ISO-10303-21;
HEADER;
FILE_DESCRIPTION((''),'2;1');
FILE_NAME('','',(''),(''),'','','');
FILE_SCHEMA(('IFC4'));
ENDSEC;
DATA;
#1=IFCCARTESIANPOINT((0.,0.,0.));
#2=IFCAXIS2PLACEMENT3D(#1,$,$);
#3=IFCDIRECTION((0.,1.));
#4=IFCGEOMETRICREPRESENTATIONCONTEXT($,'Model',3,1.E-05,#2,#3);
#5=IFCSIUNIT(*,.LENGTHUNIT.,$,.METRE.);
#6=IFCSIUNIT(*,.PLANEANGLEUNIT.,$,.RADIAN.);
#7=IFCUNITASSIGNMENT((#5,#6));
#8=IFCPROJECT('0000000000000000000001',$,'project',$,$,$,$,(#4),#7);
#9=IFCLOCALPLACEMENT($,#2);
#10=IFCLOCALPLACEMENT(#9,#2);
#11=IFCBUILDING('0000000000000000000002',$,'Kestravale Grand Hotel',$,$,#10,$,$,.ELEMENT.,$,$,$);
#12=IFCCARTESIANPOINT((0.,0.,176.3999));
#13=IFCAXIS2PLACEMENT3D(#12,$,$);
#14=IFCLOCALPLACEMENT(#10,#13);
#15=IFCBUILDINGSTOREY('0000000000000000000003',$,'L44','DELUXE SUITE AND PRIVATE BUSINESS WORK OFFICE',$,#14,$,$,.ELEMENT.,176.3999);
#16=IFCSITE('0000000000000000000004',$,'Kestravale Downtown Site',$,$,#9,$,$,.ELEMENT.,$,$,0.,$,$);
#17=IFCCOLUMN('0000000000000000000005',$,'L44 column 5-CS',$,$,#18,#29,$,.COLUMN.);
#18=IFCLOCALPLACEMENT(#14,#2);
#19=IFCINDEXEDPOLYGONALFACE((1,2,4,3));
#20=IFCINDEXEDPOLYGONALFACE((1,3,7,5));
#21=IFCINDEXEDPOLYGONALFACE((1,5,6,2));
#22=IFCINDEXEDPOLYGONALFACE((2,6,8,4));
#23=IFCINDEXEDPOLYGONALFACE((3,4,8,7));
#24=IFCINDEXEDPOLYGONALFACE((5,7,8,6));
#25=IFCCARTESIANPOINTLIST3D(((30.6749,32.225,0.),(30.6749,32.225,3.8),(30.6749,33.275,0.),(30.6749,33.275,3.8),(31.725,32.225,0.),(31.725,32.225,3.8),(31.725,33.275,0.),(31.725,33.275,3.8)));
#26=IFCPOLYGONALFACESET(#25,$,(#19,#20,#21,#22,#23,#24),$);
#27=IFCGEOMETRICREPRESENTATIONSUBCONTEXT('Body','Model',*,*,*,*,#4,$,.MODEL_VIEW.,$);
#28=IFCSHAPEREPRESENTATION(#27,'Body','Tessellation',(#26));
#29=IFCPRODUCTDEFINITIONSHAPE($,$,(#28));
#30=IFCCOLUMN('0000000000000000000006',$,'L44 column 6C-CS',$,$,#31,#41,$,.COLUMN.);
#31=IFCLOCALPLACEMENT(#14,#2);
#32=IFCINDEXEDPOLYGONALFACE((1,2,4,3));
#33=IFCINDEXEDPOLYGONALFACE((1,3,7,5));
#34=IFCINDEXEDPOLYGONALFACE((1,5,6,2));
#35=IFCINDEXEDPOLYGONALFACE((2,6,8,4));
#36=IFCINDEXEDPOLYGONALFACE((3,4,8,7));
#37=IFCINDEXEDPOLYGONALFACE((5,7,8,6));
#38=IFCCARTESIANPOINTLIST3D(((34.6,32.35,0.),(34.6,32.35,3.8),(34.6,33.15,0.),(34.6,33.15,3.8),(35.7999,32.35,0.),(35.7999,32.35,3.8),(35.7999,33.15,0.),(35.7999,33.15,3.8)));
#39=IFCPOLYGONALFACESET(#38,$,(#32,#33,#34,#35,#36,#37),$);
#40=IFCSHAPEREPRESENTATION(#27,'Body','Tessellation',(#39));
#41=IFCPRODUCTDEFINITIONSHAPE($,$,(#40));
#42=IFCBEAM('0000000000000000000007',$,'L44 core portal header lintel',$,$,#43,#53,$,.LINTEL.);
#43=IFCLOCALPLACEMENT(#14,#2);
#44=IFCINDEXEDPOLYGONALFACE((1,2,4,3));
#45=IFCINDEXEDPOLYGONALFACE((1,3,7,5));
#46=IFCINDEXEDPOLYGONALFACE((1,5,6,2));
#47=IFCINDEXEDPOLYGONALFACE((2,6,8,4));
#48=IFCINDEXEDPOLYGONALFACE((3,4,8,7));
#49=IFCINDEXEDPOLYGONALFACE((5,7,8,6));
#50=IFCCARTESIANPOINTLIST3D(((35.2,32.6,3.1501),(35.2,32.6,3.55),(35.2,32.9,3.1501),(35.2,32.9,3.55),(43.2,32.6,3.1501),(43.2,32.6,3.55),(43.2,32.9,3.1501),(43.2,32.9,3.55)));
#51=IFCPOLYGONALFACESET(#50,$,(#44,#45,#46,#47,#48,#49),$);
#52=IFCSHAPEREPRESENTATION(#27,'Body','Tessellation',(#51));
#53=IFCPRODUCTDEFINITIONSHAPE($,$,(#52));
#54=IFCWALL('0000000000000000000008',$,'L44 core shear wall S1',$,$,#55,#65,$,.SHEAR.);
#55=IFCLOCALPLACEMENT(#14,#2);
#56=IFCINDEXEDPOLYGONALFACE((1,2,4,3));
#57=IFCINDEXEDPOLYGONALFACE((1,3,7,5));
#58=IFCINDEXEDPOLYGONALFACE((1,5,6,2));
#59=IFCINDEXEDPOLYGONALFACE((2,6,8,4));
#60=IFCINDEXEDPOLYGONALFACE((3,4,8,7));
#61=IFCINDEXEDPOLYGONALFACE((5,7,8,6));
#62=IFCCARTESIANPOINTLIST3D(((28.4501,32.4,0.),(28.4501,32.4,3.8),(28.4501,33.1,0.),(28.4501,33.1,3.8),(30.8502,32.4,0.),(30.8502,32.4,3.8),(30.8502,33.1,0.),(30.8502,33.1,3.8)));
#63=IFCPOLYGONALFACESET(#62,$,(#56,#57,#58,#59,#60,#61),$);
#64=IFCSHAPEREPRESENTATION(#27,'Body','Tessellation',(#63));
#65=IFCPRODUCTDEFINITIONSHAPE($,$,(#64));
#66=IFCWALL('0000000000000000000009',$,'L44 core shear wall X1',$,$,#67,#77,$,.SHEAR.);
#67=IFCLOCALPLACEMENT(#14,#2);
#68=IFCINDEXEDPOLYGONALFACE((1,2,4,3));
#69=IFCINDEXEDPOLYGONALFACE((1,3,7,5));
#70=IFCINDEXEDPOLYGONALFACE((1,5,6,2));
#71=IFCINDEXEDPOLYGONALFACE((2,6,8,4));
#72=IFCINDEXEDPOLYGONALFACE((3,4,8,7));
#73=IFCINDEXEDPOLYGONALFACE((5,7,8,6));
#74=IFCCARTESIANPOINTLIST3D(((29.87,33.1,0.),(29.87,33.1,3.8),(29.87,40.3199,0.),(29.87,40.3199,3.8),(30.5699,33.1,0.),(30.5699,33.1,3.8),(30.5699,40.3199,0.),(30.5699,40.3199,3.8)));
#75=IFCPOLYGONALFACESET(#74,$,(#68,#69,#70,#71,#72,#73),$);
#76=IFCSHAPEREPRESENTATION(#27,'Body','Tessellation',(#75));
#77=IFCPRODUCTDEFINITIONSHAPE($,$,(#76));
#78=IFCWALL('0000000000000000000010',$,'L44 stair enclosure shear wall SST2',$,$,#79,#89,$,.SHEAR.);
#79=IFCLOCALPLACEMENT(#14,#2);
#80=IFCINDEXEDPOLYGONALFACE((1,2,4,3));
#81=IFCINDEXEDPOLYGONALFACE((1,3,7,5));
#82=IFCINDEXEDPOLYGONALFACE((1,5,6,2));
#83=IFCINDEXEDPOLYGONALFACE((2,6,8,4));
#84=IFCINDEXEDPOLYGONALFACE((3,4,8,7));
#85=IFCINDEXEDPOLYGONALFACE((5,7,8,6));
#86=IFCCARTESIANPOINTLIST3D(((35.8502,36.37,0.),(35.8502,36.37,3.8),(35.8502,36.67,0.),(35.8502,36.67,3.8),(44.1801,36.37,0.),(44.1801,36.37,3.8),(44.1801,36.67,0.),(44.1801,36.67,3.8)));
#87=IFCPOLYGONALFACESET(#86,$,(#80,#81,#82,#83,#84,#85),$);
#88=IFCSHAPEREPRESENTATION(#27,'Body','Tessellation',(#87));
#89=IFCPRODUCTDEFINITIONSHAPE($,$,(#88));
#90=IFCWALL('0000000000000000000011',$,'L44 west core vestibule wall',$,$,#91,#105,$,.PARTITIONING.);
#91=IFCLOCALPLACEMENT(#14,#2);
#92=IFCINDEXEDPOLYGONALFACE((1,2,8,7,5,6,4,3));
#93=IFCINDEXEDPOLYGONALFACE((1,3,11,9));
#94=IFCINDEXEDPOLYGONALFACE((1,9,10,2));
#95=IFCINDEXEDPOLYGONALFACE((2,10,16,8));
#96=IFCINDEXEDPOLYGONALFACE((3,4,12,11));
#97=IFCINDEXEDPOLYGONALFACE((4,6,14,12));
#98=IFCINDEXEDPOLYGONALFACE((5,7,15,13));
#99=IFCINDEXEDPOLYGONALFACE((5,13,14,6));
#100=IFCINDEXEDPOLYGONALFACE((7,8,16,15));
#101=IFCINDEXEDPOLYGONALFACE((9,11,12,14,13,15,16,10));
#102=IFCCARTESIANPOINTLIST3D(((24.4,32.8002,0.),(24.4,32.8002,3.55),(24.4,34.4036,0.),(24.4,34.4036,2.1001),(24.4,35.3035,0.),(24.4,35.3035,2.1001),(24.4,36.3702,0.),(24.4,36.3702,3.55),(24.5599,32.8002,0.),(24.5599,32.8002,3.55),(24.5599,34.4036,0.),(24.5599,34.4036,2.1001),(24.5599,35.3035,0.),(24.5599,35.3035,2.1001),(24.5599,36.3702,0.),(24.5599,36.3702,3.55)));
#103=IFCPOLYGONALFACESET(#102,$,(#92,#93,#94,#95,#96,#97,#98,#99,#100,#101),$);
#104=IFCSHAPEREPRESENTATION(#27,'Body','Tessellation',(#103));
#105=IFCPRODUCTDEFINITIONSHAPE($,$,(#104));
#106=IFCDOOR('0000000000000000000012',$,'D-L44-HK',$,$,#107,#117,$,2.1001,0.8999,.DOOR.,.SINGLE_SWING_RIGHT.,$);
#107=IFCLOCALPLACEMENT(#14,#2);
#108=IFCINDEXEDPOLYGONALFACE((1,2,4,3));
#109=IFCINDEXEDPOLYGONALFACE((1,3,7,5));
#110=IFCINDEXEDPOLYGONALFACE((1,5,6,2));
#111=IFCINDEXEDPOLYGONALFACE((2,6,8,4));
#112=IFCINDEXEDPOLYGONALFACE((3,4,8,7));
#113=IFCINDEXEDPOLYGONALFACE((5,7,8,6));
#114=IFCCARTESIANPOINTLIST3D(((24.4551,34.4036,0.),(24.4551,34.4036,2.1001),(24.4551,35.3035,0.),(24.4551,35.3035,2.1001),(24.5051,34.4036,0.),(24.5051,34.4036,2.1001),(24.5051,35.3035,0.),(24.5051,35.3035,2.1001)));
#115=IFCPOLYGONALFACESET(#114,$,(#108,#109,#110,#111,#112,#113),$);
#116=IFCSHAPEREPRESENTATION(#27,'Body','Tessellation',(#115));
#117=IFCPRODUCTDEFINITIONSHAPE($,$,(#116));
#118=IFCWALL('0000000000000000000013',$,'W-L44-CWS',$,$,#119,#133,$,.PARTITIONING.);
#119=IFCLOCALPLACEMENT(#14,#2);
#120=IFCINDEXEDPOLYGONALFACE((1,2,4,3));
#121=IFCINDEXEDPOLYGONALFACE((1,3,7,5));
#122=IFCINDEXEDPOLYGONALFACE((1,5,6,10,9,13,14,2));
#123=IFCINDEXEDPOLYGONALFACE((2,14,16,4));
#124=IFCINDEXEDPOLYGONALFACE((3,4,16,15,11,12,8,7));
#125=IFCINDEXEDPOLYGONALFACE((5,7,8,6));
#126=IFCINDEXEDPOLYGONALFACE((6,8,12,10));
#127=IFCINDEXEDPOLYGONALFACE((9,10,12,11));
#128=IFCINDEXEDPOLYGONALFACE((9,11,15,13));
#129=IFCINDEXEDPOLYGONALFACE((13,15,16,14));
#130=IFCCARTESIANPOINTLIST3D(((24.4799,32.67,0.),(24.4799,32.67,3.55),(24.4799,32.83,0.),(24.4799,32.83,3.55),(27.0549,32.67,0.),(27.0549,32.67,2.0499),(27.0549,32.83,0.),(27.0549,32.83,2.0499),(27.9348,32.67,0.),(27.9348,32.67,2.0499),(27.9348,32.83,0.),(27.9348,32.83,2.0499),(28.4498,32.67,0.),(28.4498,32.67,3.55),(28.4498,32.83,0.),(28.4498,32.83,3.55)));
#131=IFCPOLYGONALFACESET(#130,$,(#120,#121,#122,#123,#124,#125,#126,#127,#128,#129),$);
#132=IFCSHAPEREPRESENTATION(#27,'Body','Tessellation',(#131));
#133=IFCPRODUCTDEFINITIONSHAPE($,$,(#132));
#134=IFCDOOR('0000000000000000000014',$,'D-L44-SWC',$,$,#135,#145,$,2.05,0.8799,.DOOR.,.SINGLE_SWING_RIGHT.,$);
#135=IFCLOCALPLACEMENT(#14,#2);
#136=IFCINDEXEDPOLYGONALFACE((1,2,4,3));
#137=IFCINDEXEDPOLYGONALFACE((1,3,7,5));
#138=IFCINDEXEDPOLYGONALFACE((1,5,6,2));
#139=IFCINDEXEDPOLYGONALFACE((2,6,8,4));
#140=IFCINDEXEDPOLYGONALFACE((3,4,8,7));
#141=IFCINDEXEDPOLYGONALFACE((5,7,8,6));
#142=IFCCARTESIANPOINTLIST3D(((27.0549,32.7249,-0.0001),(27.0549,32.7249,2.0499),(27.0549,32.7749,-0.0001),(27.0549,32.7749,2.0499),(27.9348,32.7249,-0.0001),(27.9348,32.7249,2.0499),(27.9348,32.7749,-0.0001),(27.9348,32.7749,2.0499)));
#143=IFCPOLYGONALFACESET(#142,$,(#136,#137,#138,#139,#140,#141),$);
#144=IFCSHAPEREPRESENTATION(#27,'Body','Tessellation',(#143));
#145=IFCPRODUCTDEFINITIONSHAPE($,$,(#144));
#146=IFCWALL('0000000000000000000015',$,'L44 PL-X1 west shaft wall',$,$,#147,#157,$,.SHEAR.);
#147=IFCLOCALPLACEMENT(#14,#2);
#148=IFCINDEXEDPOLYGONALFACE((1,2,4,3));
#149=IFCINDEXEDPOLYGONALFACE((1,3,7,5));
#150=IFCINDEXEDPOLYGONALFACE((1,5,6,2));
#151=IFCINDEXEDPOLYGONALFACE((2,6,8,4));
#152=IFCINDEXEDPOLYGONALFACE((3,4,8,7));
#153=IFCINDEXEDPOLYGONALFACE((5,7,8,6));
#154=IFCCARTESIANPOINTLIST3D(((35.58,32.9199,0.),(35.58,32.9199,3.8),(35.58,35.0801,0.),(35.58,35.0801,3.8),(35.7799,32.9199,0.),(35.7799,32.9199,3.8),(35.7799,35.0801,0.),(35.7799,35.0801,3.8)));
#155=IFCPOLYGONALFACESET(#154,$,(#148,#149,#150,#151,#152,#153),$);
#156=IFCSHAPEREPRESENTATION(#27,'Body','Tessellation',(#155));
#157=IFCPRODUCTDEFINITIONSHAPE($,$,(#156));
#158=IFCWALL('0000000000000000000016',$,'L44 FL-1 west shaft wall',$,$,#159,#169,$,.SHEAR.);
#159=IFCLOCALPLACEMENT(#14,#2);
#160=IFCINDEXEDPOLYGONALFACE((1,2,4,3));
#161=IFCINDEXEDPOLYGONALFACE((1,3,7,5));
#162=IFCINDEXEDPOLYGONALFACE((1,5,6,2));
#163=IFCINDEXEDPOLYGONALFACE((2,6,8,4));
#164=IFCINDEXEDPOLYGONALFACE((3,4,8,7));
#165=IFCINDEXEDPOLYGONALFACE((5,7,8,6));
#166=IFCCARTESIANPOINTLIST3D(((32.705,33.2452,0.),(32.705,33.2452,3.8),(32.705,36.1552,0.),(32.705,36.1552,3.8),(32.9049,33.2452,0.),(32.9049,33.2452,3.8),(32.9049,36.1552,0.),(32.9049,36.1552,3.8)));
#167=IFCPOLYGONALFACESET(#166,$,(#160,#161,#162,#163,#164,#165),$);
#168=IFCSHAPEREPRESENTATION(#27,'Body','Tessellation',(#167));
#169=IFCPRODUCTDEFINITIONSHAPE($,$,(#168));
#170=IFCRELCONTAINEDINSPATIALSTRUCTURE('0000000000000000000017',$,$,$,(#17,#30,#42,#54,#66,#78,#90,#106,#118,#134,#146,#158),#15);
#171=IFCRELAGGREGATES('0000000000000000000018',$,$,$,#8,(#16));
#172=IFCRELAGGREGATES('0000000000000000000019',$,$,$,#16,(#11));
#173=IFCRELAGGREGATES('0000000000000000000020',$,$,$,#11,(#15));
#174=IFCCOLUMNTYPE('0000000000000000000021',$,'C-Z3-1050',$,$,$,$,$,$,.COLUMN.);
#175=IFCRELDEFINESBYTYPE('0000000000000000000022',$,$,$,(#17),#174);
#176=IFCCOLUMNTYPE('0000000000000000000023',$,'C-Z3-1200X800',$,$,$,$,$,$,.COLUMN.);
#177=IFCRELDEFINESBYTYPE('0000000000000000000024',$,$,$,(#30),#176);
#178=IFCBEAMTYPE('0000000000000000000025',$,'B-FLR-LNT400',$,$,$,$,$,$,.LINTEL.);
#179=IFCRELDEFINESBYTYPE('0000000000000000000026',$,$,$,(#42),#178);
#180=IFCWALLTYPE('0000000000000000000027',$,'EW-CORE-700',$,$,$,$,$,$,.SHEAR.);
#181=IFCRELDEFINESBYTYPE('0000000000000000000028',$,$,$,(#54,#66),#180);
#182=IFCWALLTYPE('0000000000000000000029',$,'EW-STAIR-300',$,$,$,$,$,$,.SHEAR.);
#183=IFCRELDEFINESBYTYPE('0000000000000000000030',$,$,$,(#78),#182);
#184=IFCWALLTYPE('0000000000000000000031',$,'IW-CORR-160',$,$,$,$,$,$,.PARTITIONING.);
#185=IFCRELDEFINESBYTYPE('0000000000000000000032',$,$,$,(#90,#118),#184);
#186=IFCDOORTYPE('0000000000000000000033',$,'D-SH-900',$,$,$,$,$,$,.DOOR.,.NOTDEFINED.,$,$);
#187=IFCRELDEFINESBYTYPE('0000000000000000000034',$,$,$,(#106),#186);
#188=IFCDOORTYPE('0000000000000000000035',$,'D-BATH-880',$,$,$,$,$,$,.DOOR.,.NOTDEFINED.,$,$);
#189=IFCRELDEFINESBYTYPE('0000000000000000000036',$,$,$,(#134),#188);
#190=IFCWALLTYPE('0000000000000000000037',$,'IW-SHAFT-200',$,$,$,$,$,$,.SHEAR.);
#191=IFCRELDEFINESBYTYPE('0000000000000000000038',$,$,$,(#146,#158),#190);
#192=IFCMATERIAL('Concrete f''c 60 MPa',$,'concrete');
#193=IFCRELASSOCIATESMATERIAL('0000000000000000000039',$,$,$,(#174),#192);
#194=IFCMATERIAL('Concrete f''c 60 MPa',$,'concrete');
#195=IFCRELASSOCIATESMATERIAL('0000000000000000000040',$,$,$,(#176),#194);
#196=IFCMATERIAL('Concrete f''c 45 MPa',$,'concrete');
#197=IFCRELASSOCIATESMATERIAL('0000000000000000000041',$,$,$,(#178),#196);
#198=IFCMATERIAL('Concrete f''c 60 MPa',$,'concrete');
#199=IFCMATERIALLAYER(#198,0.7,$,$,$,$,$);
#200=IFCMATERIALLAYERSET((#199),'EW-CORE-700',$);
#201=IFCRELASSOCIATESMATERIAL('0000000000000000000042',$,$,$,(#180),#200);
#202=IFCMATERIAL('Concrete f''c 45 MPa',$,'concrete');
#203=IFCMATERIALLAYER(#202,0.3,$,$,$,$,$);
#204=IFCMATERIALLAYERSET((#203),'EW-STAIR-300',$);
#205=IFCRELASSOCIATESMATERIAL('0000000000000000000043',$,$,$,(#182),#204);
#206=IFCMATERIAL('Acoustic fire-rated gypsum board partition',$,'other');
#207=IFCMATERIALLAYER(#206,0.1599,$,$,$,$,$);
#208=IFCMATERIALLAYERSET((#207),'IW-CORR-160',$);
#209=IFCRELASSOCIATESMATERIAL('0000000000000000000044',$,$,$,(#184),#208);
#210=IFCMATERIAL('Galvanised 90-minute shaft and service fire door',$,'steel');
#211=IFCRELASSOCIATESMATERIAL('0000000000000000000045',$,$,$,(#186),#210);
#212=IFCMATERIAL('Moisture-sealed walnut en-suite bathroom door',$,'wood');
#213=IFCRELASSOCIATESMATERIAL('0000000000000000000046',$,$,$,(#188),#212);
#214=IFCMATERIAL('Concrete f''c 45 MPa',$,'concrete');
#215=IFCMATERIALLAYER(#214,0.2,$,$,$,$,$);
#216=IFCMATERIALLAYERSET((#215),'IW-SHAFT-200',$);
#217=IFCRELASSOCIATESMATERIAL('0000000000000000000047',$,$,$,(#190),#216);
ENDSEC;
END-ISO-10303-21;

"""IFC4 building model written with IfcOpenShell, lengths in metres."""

from ifc_helpers import new_model, si_unit, direction, frame, frame_2d, origin, origin_2d, place, context, subcontext, project, spatial, rectangle, extrude, material, layer, layer_set, material_profile, profile_set, type_object, element, fill, save


model = new_model("IFC4")

# Units and contexts
model_context = context("Model", 3, precision=1e-05, world=origin(), true_north=direction((0.0, 1.0)))
body_context = subcontext(model_context, "Body", "Model", "MODEL_VIEW")
ifc_project = project(units=[si_unit("LENGTHUNIT", "METRE"), si_unit("PLANEANGLEUNIT", "RADIAN")], contexts=[model_context])

# Site, building, storey
site_placement = place(None, origin())
site = spatial("IfcSite", under=ifc_project, at=site_placement, Name="Kestravale Downtown Site", CompositionType="ELEMENT", RefElevation=0.0)
building_placement = place(site_placement, origin())
building = spatial("IfcBuilding", under=site, at=building_placement, Name="Kestravale Grand Hotel", CompositionType="ELEMENT")
storey_placement = place(building_placement, frame((0.0, 0.0, 176.3999)))
storey = spatial("IfcBuildingStorey", under=building, at=storey_placement, Name="L44", Description="DELUXE SUITE AND PRIVATE BUSINESS WORK OFFICE", CompositionType="ELEMENT", Elevation=176.3999)

# Columns
ifc_material_1 = material(Name="Concrete f'c 60 MPa", Category="concrete")
ifc_material_profile_1 = material_profile(ifc_material_1, rectangle(XDim=1.05, YDim=1.05, at=origin_2d()))
ifc_profile_set_1 = profile_set([ifc_material_profile_1], Name="Concrete f'c 60 MPa")
column_type_1 = type_object("IfcColumnType", Name="C-Z3-1050", PredefinedType="COLUMN", material=ifc_profile_set_1)
column_1_placement = place(storey_placement, frame((31.2, 32.75, 0.0), z_axis=(0.0, 0.0, 1.0), x_axis=(1.0, 0.0, 0.0)))
element("IfcColumn", 1, at=column_1_placement, inside=storey, type_object=column_type_1, Name="L44 column 5-CS", PredefinedType="COLUMN", context=body_context, shape_type="SweptSolid", body=[
    extrude(rectangle(XDim=1.05, YDim=1.05, at=origin_2d()), origin(), (0.0, 0.0, 1.0), 3.8),
])
ifc_material_2 = material(Name="Concrete f'c 60 MPa", Category="concrete")
ifc_material_profile_2 = material_profile(ifc_material_2, rectangle(XDim=1.2, YDim=0.8, at=origin_2d()))
ifc_profile_set_2 = profile_set([ifc_material_profile_2], Name="Concrete f'c 60 MPa")
column_type_2 = type_object("IfcColumnType", Name="C-Z3-1200X800", PredefinedType="COLUMN", material=ifc_profile_set_2)
column_2_placement = place(storey_placement, frame((35.2, 32.75, 0.0), z_axis=(0.0, 0.0, 1.0), x_axis=(1.0, 0.0, 0.0)))
element("IfcColumn", 2, at=column_2_placement, inside=storey, type_object=column_type_2, Name="L44 column 6C-CS", PredefinedType="COLUMN", context=body_context, shape_type="SweptSolid", body=[
    extrude(rectangle(XDim=1.2, YDim=0.8, at=origin_2d()), origin(), (0.0, 0.0, 1.0), 3.8),
])

# Beam
ifc_material_3 = material(Name="Concrete f'c 45 MPa", Category="concrete")
ifc_material_profile_3 = material_profile(ifc_material_3, rectangle(XDim=0.3, YDim=0.3999, at=origin_2d()))
ifc_profile_set_3 = profile_set([ifc_material_profile_3], Name="Concrete f'c 45 MPa")
beam_type = type_object("IfcBeamType", Name="B-FLR-LNT400", PredefinedType="LINTEL", material=ifc_profile_set_3)
beam_placement = place(storey_placement, frame((35.2, 32.75, 3.3501), z_axis=(1.0, 0.0, 0.0), x_axis=(0.0, 1.0, 0.0)))
element("IfcBeam", 3, at=beam_placement, inside=storey, type_object=beam_type, Name="L44 core portal header lintel", PredefinedType="LINTEL", context=body_context, shape_type="SweptSolid", body=[
    extrude(rectangle(XDim=0.3, YDim=0.3999, at=origin_2d()), origin(), (0.0, 0.0, 1.0), 8.0),
])

# Walls
ifc_material_4 = material(Name="Concrete f'c 60 MPa", Category="concrete")
ifc_layer_1 = layer(ifc_material_4, 0.7)
ifc_layer_set_1 = layer_set([ifc_layer_1], Name="EW-CORE-700")
wall_type_1 = type_object("IfcWallType", Name="EW-CORE-700", PredefinedType="SHEAR", material=ifc_layer_set_1)
wall_1_placement = place(storey_placement, frame((28.45, 32.75, 0.0), z_axis=(0.0, 0.0, 1.0), x_axis=(1.0, 0.0, 0.0)))
element("IfcWall", 4, at=wall_1_placement, inside=storey, type_object=wall_type_1, Name="L44 core shear wall S1", PredefinedType="SHEAR", context=body_context, shape_type="SweptSolid", body=[
    extrude(rectangle(XDim=2.4001, YDim=0.7, at=frame_2d((1.2002, 0.0))), origin(), (0.0, 0.0, 1.0), 3.8),
])
wall_2_placement = place(storey_placement, frame((30.22, 33.1001, 0.0), z_axis=(0.0, 0.0, 1.0), x_axis=(0.0, 1.0, 0.0)))
element("IfcWall", 5, at=wall_2_placement, inside=storey, type_object=wall_type_1, Name="L44 core shear wall X1", PredefinedType="SHEAR", context=body_context, shape_type="SweptSolid", body=[
    extrude(rectangle(XDim=7.22, YDim=0.7, at=frame_2d((3.6099, 0.0))), origin(), (0.0, 0.0, 1.0), 3.8),
])

# Wall
ifc_material_5 = material(Name="Concrete f'c 45 MPa", Category="concrete")
ifc_layer_2 = layer(ifc_material_5, 0.3)
ifc_layer_set_2 = layer_set([ifc_layer_2], Name="EW-STAIR-300")
wall_type_2 = type_object("IfcWallType", Name="EW-STAIR-300", PredefinedType="SHEAR", material=ifc_layer_set_2)
wall_3_placement = place(storey_placement, frame((35.8501, 36.52, 0.0), z_axis=(0.0, 0.0, 1.0), x_axis=(1.0, 0.0, 0.0)))
element("IfcWall", 6, at=wall_3_placement, inside=storey, type_object=wall_type_2, Name="L44 stair enclosure shear wall SST2", PredefinedType="SHEAR", context=body_context, shape_type="SweptSolid", body=[
    extrude(rectangle(XDim=8.3298, YDim=0.3, at=frame_2d((4.165, 0.0))), origin(), (0.0, 0.0, 1.0), 3.8),
])

# Walls, openings, doors
ifc_material_6 = material(Name="Acoustic fire-rated gypsum board partition", Category="other")
ifc_layer_3 = layer(ifc_material_6, 0.1599)
ifc_layer_set_3 = layer_set([ifc_layer_3], Name="IW-CORR-160")
wall_type_3 = type_object("IfcWallType", Name="IW-CORR-160", PredefinedType="PARTITIONING", material=ifc_layer_set_3)
wall_4_placement = place(storey_placement, frame((24.48, 32.8, 0.0), z_axis=(0.0, 0.0, 1.0), x_axis=(0.0, 1.0, 0.0)))
wall_4 = element("IfcWall", 7, at=wall_4_placement, inside=storey, type_object=wall_type_3, Name="L44 west core vestibule wall", PredefinedType="PARTITIONING", context=body_context, shape_type="SweptSolid", body=[
    extrude(rectangle(XDim=3.5701, YDim=0.1599, at=frame_2d((1.7852, 0.0))), origin(), (0.0, 0.0, 1.0), 3.55),
])
opening_1_placement = place(wall_4_placement, frame((1.6035, 0.0, 0.0)))
opening_1 = element("IfcOpeningElement", 8, at=opening_1_placement, cuts=wall_4, PredefinedType="OPENING", context=body_context, shape_type="SweptSolid", body=[
    extrude(rectangle(XDim=0.8999, YDim=2.1001, at=frame_2d((0.45, 1.05))), frame((0.0, 0.0898, 0.0), z_axis=(0.0, -1.0, 0.0), x_axis=(1.0, 0.0, 0.0)), (0.0, 0.0, 1.0), 0.1799),
])
ifc_material_7 = material(Name="Galvanised 90-minute shaft and service fire door", Category="steel")
door_type_1 = type_object("IfcDoorType", Name="D-SH-900", OperationType="NOTDEFINED", PredefinedType="DOOR", material=ifc_material_7)
door_1_placement = place(opening_1_placement, origin())
door_1 = element("IfcDoor", 9, at=door_1_placement, inside=storey, type_object=door_type_1, Name="D-L44-HK", OperationType="SINGLE_SWING_RIGHT", OverallHeight=2.1001, OverallWidth=0.8999, PredefinedType="DOOR", context=body_context, shape_type="SweptSolid", body=[
    extrude(rectangle(XDim=0.8999, YDim=2.1001, at=frame_2d((0.45, 1.05))), frame((0.0, 0.0249, 0.0), z_axis=(0.0, -1.0, 0.0), x_axis=(1.0, 0.0, 0.0)), (0.0, 0.0, 1.0), 0.05),
])
fill(opening_1, door_1)
wall_5_placement = place(storey_placement, frame((24.48, 32.75, 0.0), z_axis=(0.0, 0.0, 1.0), x_axis=(1.0, 0.0, 0.0)))
wall_5 = element("IfcWall", 10, at=wall_5_placement, inside=storey, type_object=wall_type_3, Name="W-L44-CWS", PredefinedType="PARTITIONING", context=body_context, shape_type="SweptSolid", body=[
    extrude(rectangle(XDim=3.97, YDim=0.1599, at=frame_2d((1.9849, 0.0))), origin(), (0.0, 0.0, 1.0), 3.55),
])
opening_2_placement = place(wall_5_placement, frame((2.575, 0.0, 0.0)))
opening_2 = element("IfcOpeningElement", 11, at=opening_2_placement, cuts=wall_5, PredefinedType="OPENING", context=body_context, shape_type="SweptSolid", body=[
    extrude(rectangle(XDim=0.8799, YDim=2.05, at=frame_2d((0.4399, 1.0249))), frame((0.0, 0.0898, 0.0), z_axis=(0.0, -1.0, 0.0), x_axis=(1.0, 0.0, 0.0)), (0.0, 0.0, 1.0), 0.1799),
])
ifc_material_8 = material(Name="Moisture-sealed walnut en-suite bathroom door", Category="wood")
door_type_2 = type_object("IfcDoorType", Name="D-BATH-880", OperationType="NOTDEFINED", PredefinedType="DOOR", material=ifc_material_8)
door_2_placement = place(opening_2_placement, origin())
door_2 = element("IfcDoor", 12, at=door_2_placement, inside=storey, type_object=door_type_2, Name="D-L44-SWC", OperationType="SINGLE_SWING_RIGHT", OverallHeight=2.05, OverallWidth=0.8799, PredefinedType="DOOR", context=body_context, shape_type="SweptSolid", body=[
    extrude(rectangle(XDim=0.8799, YDim=2.05, at=frame_2d((0.4399, 1.0249))), frame((0.0, 0.0249, 0.0), z_axis=(0.0, -1.0, 0.0), x_axis=(1.0, 0.0, 0.0)), (0.0, 0.0, 1.0), 0.05),
])
fill(opening_2, door_2)

# Walls
ifc_material_9 = material(Name="Concrete f'c 45 MPa", Category="concrete")
ifc_layer_4 = layer(ifc_material_9, 0.2)
ifc_layer_set_4 = layer_set([ifc_layer_4], Name="IW-SHAFT-200")
wall_type_4 = type_object("IfcWallType", Name="IW-SHAFT-200", PredefinedType="SHEAR", material=ifc_layer_set_4)
wall_6_placement = place(storey_placement, frame((35.6799, 32.9199, 0.0), z_axis=(0.0, 0.0, 1.0), x_axis=(0.0, 1.0, 0.0)))
element("IfcWall", 13, at=wall_6_placement, inside=storey, type_object=wall_type_4, Name="L44 PL-X1 west shaft wall", PredefinedType="SHEAR", context=body_context, shape_type="SweptSolid", body=[
    extrude(rectangle(XDim=2.1602, YDim=0.2, at=frame_2d((1.0801, 0.0))), origin(), (0.0, 0.0, 1.0), 3.8),
])
for number, where, z_axis, x_axis, name in (
    (14, (32.8049, 33.2451, 0.0), (0.0, 0.0, 1.0), (0.0, 1.0, 0.0), "L44 FL-1 west shaft wall"),
):
    element("IfcWall", number, at=place(storey_placement, frame(where, z_axis=z_axis, x_axis=x_axis)), inside=storey, type_object=wall_type_4, Name=name, PredefinedType="SHEAR", context=body_context, shape_type="SweptSolid", body=[
        extrude(rectangle(XDim=2.9099, YDim=0.2, at=frame_2d((1.4551, 0.0))), origin(), (0.0, 0.0, 1.0), 3.8),
    ])

save(model, "model.ifc")
